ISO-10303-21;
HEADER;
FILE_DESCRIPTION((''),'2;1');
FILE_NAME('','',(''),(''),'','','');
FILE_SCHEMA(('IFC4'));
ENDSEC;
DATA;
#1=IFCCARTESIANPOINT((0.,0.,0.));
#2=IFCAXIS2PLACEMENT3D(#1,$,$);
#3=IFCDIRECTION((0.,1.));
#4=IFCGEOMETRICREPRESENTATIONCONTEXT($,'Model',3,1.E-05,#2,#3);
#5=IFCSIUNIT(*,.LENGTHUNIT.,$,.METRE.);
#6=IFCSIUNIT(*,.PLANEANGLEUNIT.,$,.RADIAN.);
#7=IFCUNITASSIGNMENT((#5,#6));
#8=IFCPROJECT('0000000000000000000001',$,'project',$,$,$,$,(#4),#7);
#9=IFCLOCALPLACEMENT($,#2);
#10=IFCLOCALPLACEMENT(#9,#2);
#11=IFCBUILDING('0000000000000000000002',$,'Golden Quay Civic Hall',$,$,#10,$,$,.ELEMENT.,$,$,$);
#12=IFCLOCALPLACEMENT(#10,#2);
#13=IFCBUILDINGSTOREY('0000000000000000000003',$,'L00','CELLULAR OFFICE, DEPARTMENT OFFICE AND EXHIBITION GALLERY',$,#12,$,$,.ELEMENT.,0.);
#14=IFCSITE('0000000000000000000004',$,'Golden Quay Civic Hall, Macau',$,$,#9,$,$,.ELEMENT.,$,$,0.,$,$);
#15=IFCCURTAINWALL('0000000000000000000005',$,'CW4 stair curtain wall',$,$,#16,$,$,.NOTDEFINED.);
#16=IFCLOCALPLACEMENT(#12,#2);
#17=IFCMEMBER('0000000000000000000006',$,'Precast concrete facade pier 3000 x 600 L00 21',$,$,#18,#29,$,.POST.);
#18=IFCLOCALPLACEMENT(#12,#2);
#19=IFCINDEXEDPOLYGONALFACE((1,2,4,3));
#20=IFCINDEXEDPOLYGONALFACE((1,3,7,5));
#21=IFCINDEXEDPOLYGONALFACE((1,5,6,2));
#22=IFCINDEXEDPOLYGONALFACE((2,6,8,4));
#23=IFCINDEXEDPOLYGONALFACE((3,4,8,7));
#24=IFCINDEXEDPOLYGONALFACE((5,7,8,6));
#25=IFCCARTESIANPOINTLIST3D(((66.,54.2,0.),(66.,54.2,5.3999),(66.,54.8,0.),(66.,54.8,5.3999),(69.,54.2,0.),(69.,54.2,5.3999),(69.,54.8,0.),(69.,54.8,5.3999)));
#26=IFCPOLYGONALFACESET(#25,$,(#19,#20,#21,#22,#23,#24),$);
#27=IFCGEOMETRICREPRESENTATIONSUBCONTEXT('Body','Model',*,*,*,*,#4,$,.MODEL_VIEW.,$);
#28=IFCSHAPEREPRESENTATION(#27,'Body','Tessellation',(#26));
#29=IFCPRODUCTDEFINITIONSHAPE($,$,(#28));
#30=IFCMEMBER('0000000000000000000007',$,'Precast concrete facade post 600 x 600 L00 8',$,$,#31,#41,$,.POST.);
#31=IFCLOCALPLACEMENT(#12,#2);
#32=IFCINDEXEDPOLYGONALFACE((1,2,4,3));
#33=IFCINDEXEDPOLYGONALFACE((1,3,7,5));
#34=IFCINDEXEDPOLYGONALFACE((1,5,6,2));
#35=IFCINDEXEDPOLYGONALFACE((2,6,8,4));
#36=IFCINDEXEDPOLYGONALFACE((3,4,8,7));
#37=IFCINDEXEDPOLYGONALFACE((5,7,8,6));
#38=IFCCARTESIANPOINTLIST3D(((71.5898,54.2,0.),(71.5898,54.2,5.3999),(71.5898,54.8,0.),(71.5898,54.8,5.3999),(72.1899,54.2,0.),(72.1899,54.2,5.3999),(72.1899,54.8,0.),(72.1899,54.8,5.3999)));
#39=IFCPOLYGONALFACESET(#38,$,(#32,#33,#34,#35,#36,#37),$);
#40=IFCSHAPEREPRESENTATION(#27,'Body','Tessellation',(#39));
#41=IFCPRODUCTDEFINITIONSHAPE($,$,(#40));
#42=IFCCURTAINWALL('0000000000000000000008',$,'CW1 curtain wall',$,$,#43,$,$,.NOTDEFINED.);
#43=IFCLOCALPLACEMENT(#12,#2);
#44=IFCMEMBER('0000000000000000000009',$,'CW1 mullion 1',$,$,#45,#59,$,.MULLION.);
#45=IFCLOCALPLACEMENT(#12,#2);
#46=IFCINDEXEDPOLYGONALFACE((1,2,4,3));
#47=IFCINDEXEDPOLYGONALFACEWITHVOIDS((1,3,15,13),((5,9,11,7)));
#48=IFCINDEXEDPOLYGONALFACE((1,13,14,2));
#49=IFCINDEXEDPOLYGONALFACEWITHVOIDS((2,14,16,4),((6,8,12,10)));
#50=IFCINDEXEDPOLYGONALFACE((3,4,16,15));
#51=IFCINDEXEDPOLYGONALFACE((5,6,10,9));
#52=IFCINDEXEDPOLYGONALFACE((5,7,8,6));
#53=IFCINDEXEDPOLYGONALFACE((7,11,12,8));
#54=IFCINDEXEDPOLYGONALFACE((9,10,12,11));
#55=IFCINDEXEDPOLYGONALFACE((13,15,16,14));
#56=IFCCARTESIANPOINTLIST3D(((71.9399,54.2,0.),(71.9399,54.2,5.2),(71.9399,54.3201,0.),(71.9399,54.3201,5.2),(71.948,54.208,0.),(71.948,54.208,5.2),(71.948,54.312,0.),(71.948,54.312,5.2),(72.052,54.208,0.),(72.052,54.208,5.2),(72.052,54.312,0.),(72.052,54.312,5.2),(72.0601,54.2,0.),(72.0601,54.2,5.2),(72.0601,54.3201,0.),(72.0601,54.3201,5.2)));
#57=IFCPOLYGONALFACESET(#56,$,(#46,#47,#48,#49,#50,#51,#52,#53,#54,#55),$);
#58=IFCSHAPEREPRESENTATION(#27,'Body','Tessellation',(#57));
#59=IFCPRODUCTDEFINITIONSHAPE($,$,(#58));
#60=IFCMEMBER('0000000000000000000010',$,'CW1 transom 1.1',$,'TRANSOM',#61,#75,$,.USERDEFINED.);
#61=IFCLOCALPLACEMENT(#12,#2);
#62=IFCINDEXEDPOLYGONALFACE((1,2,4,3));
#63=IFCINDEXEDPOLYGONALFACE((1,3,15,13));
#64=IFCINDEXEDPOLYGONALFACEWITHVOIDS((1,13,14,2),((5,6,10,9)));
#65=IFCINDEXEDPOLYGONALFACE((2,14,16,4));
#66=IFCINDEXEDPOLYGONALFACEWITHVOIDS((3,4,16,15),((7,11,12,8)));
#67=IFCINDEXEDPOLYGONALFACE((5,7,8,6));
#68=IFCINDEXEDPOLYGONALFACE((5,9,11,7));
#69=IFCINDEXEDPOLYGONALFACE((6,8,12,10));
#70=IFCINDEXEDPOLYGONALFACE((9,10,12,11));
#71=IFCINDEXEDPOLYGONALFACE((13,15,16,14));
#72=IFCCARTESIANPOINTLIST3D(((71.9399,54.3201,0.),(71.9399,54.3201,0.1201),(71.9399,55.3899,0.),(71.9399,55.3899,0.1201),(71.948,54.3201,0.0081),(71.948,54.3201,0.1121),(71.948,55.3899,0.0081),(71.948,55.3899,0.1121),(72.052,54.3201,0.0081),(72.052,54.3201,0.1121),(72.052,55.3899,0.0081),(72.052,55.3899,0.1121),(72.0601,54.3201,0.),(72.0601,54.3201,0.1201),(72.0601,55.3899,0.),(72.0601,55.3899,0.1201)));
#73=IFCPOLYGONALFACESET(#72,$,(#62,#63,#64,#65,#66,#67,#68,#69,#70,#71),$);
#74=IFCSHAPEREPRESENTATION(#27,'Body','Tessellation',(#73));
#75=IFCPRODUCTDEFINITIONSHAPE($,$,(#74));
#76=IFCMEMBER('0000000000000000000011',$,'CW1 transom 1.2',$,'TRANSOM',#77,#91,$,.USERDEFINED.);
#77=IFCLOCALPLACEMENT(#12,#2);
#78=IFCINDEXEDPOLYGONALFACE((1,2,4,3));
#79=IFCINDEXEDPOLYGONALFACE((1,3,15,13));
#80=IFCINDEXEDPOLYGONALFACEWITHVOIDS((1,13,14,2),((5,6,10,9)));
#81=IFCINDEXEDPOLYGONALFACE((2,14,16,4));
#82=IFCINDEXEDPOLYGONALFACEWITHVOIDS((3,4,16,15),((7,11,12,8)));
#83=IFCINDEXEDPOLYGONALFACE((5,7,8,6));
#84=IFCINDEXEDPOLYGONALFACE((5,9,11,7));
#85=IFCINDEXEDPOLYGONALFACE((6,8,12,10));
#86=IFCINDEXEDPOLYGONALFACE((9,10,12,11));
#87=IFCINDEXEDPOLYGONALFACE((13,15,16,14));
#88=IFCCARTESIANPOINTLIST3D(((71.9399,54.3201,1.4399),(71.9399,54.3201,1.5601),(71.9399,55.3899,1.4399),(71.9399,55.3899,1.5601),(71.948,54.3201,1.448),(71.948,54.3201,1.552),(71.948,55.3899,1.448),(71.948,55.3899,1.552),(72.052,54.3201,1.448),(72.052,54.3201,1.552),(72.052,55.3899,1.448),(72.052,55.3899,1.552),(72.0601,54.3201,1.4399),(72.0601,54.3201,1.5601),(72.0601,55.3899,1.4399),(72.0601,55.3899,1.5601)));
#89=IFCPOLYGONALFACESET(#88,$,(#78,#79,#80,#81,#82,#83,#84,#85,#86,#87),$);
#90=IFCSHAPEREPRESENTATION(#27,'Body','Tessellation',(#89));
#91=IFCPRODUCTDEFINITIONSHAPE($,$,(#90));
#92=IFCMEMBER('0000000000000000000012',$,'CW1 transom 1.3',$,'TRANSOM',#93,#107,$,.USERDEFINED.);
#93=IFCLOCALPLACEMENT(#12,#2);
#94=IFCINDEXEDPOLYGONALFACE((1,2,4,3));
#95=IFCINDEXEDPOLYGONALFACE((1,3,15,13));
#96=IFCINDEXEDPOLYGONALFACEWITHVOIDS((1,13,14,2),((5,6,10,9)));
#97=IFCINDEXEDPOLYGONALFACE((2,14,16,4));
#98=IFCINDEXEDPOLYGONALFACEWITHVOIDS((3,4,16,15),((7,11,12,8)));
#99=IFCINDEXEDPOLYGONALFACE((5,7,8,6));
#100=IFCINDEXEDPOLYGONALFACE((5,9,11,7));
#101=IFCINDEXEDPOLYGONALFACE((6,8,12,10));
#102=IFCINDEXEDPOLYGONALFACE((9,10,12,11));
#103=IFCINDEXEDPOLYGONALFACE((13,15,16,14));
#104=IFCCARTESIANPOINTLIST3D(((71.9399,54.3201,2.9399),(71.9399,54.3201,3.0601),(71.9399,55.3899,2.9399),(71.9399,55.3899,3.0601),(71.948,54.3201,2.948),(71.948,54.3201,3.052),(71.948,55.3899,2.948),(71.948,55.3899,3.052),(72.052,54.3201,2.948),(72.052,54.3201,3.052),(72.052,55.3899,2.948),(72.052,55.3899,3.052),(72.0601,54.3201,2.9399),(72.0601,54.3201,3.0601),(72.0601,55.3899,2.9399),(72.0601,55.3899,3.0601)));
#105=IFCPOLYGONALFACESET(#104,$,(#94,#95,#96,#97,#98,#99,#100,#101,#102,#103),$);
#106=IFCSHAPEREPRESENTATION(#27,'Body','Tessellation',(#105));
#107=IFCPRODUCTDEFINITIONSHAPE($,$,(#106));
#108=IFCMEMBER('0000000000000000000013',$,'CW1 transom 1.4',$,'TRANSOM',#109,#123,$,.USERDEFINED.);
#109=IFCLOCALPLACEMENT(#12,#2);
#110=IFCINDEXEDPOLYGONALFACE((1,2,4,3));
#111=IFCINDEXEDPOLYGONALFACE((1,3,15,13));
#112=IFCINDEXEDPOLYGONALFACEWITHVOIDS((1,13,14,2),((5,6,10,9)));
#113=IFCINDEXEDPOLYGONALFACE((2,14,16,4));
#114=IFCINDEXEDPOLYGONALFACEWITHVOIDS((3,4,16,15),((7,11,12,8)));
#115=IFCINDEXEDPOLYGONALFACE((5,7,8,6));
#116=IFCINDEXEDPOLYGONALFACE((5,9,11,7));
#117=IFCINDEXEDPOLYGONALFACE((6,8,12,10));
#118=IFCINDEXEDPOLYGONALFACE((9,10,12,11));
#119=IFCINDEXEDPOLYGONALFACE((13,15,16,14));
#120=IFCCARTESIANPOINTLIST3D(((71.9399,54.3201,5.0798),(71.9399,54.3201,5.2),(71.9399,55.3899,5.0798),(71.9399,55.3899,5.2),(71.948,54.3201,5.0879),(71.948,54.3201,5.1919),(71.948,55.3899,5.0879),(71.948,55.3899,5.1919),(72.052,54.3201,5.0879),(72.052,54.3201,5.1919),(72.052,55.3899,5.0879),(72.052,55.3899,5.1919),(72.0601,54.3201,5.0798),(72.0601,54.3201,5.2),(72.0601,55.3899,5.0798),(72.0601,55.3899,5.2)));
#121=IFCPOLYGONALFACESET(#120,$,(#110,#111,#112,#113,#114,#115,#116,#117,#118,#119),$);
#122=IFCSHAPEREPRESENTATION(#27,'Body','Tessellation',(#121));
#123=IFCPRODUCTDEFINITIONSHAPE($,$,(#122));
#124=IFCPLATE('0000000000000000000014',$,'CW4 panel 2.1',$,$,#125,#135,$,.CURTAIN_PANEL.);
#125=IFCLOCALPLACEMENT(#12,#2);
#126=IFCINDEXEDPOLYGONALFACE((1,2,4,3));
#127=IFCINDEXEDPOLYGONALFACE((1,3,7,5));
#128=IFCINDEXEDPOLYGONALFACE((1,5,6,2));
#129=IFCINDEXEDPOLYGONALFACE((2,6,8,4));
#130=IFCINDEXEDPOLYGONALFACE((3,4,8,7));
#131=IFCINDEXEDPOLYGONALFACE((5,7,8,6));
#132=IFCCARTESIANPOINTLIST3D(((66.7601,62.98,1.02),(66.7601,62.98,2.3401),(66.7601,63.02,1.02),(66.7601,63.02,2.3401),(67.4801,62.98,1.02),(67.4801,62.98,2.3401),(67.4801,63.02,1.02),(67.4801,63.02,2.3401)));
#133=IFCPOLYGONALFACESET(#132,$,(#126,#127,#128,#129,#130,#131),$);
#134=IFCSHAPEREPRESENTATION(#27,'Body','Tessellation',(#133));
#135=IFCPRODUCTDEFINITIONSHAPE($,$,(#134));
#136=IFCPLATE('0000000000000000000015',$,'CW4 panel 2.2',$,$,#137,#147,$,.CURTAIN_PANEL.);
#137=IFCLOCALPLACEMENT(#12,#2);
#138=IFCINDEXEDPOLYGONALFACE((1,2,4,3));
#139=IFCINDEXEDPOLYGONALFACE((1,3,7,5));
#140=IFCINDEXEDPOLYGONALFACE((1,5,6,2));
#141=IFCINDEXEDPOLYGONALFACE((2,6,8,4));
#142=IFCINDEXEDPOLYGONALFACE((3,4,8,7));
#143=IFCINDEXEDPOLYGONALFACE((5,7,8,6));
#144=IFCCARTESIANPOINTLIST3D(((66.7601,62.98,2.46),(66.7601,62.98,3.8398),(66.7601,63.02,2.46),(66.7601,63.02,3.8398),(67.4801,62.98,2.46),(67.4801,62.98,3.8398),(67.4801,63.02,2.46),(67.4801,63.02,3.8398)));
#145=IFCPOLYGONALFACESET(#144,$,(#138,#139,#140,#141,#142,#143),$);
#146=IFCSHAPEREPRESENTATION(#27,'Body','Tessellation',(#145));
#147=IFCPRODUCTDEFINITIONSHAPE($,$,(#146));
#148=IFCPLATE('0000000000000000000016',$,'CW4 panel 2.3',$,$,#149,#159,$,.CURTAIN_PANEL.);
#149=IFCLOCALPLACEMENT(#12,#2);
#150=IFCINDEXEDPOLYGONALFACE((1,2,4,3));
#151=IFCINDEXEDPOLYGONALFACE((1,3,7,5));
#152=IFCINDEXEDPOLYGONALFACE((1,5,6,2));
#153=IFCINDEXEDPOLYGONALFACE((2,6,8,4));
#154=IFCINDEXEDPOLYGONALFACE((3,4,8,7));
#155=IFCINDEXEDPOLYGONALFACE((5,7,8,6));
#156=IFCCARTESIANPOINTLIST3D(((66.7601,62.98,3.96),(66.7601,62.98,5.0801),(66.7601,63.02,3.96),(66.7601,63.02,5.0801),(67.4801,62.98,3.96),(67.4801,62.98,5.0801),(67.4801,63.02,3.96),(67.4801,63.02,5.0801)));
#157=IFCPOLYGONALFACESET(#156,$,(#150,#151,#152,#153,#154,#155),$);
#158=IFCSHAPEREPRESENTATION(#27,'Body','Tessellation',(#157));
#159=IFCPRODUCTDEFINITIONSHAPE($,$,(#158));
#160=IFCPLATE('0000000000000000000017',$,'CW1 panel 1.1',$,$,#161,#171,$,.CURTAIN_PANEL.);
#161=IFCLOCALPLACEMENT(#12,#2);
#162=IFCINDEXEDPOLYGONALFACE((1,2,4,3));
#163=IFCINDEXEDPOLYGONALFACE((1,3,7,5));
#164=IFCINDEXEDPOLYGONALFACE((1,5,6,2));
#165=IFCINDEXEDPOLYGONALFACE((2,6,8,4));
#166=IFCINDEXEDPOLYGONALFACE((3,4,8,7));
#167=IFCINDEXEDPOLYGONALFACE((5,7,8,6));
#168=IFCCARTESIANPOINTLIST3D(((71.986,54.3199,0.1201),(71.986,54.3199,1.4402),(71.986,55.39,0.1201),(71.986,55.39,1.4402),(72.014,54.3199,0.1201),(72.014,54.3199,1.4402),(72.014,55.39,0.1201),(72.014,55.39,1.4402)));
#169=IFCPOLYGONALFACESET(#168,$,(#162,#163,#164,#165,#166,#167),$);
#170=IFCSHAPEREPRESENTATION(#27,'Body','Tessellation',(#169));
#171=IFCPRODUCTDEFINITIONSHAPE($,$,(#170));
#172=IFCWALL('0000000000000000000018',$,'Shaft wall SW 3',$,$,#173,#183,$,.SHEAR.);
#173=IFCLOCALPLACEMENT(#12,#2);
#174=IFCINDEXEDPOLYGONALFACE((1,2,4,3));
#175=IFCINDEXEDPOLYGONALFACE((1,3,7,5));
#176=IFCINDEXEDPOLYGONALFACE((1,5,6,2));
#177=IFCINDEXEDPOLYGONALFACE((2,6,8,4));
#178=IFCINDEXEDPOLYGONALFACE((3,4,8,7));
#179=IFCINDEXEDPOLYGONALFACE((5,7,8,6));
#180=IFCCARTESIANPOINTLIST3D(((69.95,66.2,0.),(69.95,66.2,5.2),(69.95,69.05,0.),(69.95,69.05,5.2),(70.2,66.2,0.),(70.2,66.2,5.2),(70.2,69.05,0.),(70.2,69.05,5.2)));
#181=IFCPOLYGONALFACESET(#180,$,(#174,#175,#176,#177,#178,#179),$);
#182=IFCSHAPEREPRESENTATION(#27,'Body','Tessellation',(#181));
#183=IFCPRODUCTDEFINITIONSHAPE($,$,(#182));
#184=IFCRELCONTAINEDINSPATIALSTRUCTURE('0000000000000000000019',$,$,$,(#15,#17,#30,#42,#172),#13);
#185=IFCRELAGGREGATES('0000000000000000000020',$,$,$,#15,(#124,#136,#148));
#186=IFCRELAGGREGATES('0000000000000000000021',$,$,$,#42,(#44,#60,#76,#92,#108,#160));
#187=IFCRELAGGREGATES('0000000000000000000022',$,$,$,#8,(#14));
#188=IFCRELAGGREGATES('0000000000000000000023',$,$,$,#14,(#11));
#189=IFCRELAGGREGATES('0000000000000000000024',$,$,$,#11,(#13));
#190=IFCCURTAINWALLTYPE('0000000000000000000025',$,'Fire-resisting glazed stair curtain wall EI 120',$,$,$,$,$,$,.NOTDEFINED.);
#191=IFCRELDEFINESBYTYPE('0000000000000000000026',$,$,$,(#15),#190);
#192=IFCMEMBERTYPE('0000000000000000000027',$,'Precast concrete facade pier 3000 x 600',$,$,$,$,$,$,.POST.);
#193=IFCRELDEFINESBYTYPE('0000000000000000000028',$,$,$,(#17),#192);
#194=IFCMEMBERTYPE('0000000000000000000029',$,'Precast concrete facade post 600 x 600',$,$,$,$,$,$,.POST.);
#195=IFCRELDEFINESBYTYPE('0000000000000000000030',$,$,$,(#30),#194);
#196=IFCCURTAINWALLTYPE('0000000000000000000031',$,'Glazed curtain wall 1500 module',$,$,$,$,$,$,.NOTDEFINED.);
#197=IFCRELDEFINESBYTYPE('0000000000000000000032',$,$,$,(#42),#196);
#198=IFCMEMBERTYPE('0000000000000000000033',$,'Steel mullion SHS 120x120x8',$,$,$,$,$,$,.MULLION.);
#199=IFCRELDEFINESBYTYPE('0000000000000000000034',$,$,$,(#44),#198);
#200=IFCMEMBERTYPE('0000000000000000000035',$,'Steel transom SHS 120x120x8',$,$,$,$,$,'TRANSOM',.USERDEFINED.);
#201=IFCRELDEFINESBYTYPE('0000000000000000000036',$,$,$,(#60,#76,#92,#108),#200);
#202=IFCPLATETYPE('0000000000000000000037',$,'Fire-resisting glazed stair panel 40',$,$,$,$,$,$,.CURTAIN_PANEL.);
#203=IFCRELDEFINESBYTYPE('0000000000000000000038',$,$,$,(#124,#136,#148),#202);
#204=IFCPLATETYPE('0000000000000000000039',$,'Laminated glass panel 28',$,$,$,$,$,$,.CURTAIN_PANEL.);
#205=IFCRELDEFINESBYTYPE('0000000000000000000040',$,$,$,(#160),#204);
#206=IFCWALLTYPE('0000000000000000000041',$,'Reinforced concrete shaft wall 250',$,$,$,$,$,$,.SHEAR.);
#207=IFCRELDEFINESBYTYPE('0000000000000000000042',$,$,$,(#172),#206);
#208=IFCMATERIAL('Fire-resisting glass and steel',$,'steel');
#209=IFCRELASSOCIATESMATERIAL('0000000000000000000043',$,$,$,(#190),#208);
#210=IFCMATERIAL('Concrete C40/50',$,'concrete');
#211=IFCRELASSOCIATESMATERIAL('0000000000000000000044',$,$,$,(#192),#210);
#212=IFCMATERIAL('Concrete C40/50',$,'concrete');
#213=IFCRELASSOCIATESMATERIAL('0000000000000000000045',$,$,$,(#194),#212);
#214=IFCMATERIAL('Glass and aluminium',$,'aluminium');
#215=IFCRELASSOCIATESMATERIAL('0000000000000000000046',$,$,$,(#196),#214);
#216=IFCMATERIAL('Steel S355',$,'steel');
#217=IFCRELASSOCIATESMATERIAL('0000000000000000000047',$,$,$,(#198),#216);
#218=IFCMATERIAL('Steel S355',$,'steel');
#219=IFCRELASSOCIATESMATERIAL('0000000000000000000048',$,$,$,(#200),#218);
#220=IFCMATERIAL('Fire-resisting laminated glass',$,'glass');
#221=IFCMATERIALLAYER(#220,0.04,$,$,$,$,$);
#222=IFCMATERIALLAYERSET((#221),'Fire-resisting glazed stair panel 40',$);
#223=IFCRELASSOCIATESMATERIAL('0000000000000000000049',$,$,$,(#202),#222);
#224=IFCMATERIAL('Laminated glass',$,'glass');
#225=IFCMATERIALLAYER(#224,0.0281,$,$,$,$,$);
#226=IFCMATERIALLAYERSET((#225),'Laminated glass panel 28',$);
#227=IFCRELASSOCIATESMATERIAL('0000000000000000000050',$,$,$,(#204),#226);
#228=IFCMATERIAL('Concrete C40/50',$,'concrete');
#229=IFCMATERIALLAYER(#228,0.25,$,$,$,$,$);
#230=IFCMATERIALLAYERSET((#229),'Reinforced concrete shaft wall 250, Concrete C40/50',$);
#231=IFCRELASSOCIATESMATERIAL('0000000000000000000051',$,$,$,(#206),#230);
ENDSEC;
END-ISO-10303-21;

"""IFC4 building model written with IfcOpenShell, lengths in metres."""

from ifc_helpers import new_model, si_unit, direction, frame, frame_2d, origin, origin_2d, place, context, subcontext, project, spatial, rectangle, hollow_rectangle, extrude, material, layer, layer_set, material_profile, profile_set, type_object, element, aggregate, save


model = new_model("IFC4")

# Units and contexts
model_context = context("Model", 3, precision=1e-05, world=origin(), true_north=direction((0.0, 1.0)))
body_context = subcontext(model_context, "Body", "Model", "MODEL_VIEW")
ifc_project = project(units=[si_unit("LENGTHUNIT", "METRE"), si_unit("PLANEANGLEUNIT", "RADIAN")], contexts=[model_context])

# Site, building, storey
site_placement = place(None, origin())
site = spatial("IfcSite", under=ifc_project, at=site_placement, Name="Golden Quay Civic Hall, Macau", CompositionType="ELEMENT", RefElevation=0.0)
building_placement = place(site_placement, origin())
building = spatial("IfcBuilding", under=site, at=building_placement, Name="Golden Quay Civic Hall", CompositionType="ELEMENT")
storey_placement = place(building_placement, origin())
storey = spatial("IfcBuildingStorey", under=building, at=storey_placement, Name="L00", Description="CELLULAR OFFICE, DEPARTMENT OFFICE AND EXHIBITION GALLERY", CompositionType="ELEMENT", Elevation=0.0)

# Curtain wall
ifc_material_1 = material(Name="Fire-resisting glass and steel", Category="steel")
curtain_wall_type_1 = type_object("IfcCurtainWallType", Name="Fire-resisting glazed stair curtain wall EI 120", PredefinedType="NOTDEFINED", material=ifc_material_1)
curtain_wall_1_placement = place(storey_placement, origin())
curtain_wall_1 = element("IfcCurtainWall", 1, at=curtain_wall_1_placement, inside=storey, type_object=curtain_wall_type_1, Name="CW4 stair curtain wall", PredefinedType="NOTDEFINED")

# Members
ifc_material_2 = material(Name="Concrete C40/50", Category="concrete")
ifc_material_profile_1 = material_profile(ifc_material_2, rectangle(XDim=3.0, YDim=0.6001, at=origin_2d()), Name="RC 3000x600")
ifc_profile_set_1 = profile_set([ifc_material_profile_1], Name="Concrete C40/50")
member_type_1 = type_object("IfcMemberType", Name="Precast concrete facade pier 3000 x 600", PredefinedType="POST", material=ifc_profile_set_1)
member_1_placement = place(storey_placement, frame((67.5, 54.5, 0.0), z_axis=(0.0, 0.0, 1.0), x_axis=(1.0, 0.0, 0.0)))
element("IfcMember", 2, at=member_1_placement, inside=storey, type_object=member_type_1, Name="Precast concrete facade pier 3000 x 600 L00 21", PredefinedType="POST", context=body_context, shape_type="SweptSolid", body=[
    extrude(rectangle(XDim=3.0, YDim=0.6001, at=origin_2d()), origin(), (0.0, 0.0, 1.0), 5.3999),
])
ifc_material_3 = material(Name="Concrete C40/50", Category="concrete")
ifc_material_profile_2 = material_profile(ifc_material_3, rectangle(XDim=0.6001, YDim=0.6001, at=origin_2d()), Name="RC 600x600")
ifc_profile_set_2 = profile_set([ifc_material_profile_2], Name="Concrete C40/50")
member_type_2 = type_object("IfcMemberType", Name="Precast concrete facade post 600 x 600", PredefinedType="POST", material=ifc_profile_set_2)
member_2_placement = place(storey_placement, frame((71.8899, 54.5, 0.0), z_axis=(0.0, 0.0, 1.0), x_axis=(1.0, 0.0, 0.0)))
element("IfcMember", 3, at=member_2_placement, inside=storey, type_object=member_type_2, Name="Precast concrete facade post 600 x 600 L00 8", PredefinedType="POST", context=body_context, shape_type="SweptSolid", body=[
    extrude(rectangle(XDim=0.6001, YDim=0.6001, at=origin_2d()), origin(), (0.0, 0.0, 1.0), 5.3999),
])

# Curtain wall, members
ifc_material_4 = material(Name="Glass and aluminium", Category="aluminium")
curtain_wall_type_2 = type_object("IfcCurtainWallType", Name="Glazed curtain wall 1500 module", PredefinedType="NOTDEFINED", material=ifc_material_4)
curtain_wall_2_placement = place(storey_placement, origin())
curtain_wall_2 = element("IfcCurtainWall", 4, at=curtain_wall_2_placement, inside=storey, type_object=curtain_wall_type_2, Name="CW1 curtain wall", PredefinedType="NOTDEFINED")
ifc_material_5 = material(Name="Steel S355", Category="steel")
ifc_material_profile_3 = material_profile(ifc_material_5, hollow_rectangle(XDim=0.1201, YDim=0.1201, WallThickness=0.0081, at=origin_2d()), Name="SHS 120x120x8")
ifc_profile_set_3 = profile_set([ifc_material_profile_3], Name="Steel S355")
member_type_3 = type_object("IfcMemberType", Name="Steel mullion SHS 120x120x8", PredefinedType="MULLION", material=ifc_profile_set_3)
member_3_placement = place(storey_placement, frame((72.0, 54.26, 0.0), z_axis=(0.0, 0.0, 1.0), x_axis=(-1.0, 0.0, 0.0)))
member_3 = element("IfcMember", 5, at=member_3_placement, type_object=member_type_3, Name="CW1 mullion 1", PredefinedType="MULLION", context=body_context, shape_type="SweptSolid", body=[
    extrude(hollow_rectangle(XDim=0.1201, YDim=0.1201, WallThickness=0.0081, at=origin_2d()), origin(), (0.0, 0.0, 1.0), 5.2),
])
ifc_material_6 = material(Name="Steel S355", Category="steel")
ifc_material_profile_4 = material_profile(ifc_material_6, hollow_rectangle(XDim=0.1201, YDim=0.1201, WallThickness=0.0081, at=origin_2d()), Name="SHS 120x120x8")
ifc_profile_set_4 = profile_set([ifc_material_profile_4], Name="Steel S355")
member_type_4 = type_object("IfcMemberType", Name="Steel transom SHS 120x120x8", ElementType="TRANSOM", PredefinedType="USERDEFINED", material=ifc_profile_set_4)
member_4_placement = place(storey_placement, frame((72.0, 54.3201, 0.0601), z_axis=(0.0, 1.0, 0.0), x_axis=(-1.0, 0.0, 0.0)))
member_4 = element("IfcMember", 6, at=member_4_placement, type_object=member_type_4, Name="CW1 transom 1.1", ObjectType="TRANSOM", PredefinedType="USERDEFINED", context=body_context, shape_type="SweptSolid", body=[
    extrude(hollow_rectangle(XDim=0.1201, YDim=0.1201, WallThickness=0.0081, at=origin_2d()), origin(), (0.0, 0.0, 1.0), 1.0698),
])
member_5_placement = place(storey_placement, frame((72.0, 54.3201, 1.5), z_axis=(0.0, 1.0, 0.0), x_axis=(-1.0, 0.0, 0.0)))
member_5 = element("IfcMember", 7, at=member_5_placement, type_object=member_type_4, Name="CW1 transom 1.2", ObjectType="TRANSOM", PredefinedType="USERDEFINED", context=body_context, shape_type="SweptSolid", body=[
    extrude(hollow_rectangle(XDim=0.1201, YDim=0.1201, WallThickness=0.0081, at=origin_2d()), origin(), (0.0, 0.0, 1.0), 1.0698),
])
member_6_placement = place(storey_placement, frame((72.0, 54.3201, 3.0), z_axis=(0.0, 1.0, 0.0), x_axis=(-1.0, 0.0, 0.0)))
member_6 = element("IfcMember", 8, at=member_6_placement, type_object=member_type_4, Name="CW1 transom 1.3", ObjectType="TRANSOM", PredefinedType="USERDEFINED", context=body_context, shape_type="SweptSolid", body=[
    extrude(hollow_rectangle(XDim=0.1201, YDim=0.1201, WallThickness=0.0081, at=origin_2d()), origin(), (0.0, 0.0, 1.0), 1.0698),
])
member_7_placement = place(storey_placement, frame((72.0, 54.3201, 5.1399), z_axis=(0.0, 1.0, 0.0), x_axis=(-1.0, 0.0, 0.0)))
member_7 = element("IfcMember", 9, at=member_7_placement, type_object=member_type_4, Name="CW1 transom 1.4", ObjectType="TRANSOM", PredefinedType="USERDEFINED", context=body_context, shape_type="SweptSolid", body=[
    extrude(hollow_rectangle(XDim=0.1201, YDim=0.1201, WallThickness=0.0081, at=origin_2d()), origin(), (0.0, 0.0, 1.0), 1.0698),
])

# Plates
ifc_material_7 = material(Name="Fire-resisting laminated glass", Category="glass")
ifc_layer_1 = layer(ifc_material_7, 0.04)
ifc_layer_set_1 = layer_set([ifc_layer_1], Name="Fire-resisting glazed stair panel 40")
plate_type_1 = type_object("IfcPlateType", Name="Fire-resisting glazed stair panel 40", PredefinedType="CURTAIN_PANEL", material=ifc_layer_set_1)
plate_1_placement = place(storey_placement, frame((67.1201, 63.0, 1.02), z_axis=(0.0, 0.0, 1.0), x_axis=(1.0, 0.0, 0.0)))
plate_1 = element("IfcPlate", 10, at=plate_1_placement, type_object=plate_type_1, Name="CW4 panel 2.1", PredefinedType="CURTAIN_PANEL", context=body_context, shape_type="SweptSolid", body=[
    extrude(rectangle(XDim=0.72, YDim=0.04, at=origin_2d()), origin(), (0.0, 0.0, 1.0), 1.3201),
])
plate_2_placement = place(storey_placement, frame((67.1201, 63.0, 2.46), z_axis=(0.0, 0.0, 1.0), x_axis=(1.0, 0.0, 0.0)))
plate_2 = element("IfcPlate", 11, at=plate_2_placement, type_object=plate_type_1, Name="CW4 panel 2.2", PredefinedType="CURTAIN_PANEL", context=body_context, shape_type="SweptSolid", body=[
    extrude(rectangle(XDim=0.72, YDim=0.04, at=origin_2d()), origin(), (0.0, 0.0, 1.0), 1.3799),
])
plate_3_placement = place(storey_placement, frame((67.1201, 63.0, 3.96), z_axis=(0.0, 0.0, 1.0), x_axis=(1.0, 0.0, 0.0)))
plate_3 = element("IfcPlate", 12, at=plate_3_placement, type_object=plate_type_1, Name="CW4 panel 2.3", PredefinedType="CURTAIN_PANEL", context=body_context, shape_type="SweptSolid", body=[
    extrude(rectangle(XDim=0.72, YDim=0.04, at=origin_2d()), origin(), (0.0, 0.0, 1.0), 1.1201),
])
aggregate(curtain_wall_1, [plate_1, plate_2, plate_3])
ifc_material_8 = material(Name="Laminated glass", Category="glass")
ifc_layer_2 = layer(ifc_material_8, 0.0281)
ifc_layer_set_2 = layer_set([ifc_layer_2], Name="Laminated glass panel 28")
plate_type_2 = type_object("IfcPlateType", Name="Laminated glass panel 28", PredefinedType="CURTAIN_PANEL", material=ifc_layer_set_2)
plate_4_placement = place(storey_placement, frame((72.0, 54.855, 0.1201), z_axis=(0.0, 0.0, 1.0), x_axis=(0.0, 1.0, 0.0)))
plate_4 = element("IfcPlate", 13, at=plate_4_placement, type_object=plate_type_2, Name="CW1 panel 1.1", PredefinedType="CURTAIN_PANEL", context=body_context, shape_type="SweptSolid", body=[
    extrude(rectangle(XDim=1.0701, YDim=0.0281, at=origin_2d()), origin(), (0.0, 0.0, 1.0), 1.3201),
])
aggregate(curtain_wall_2, [member_3, member_4, member_5, member_6, member_7, plate_4])

# Wall
ifc_material_9 = material(Name="Concrete C40/50", Category="concrete")
ifc_layer_3 = layer(ifc_material_9, 0.25)
ifc_layer_set_3 = layer_set([ifc_layer_3], Name="Reinforced concrete shaft wall 250, Concrete C40/50")
wall_type_1 = type_object("IfcWallType", Name="Reinforced concrete shaft wall 250", PredefinedType="SHEAR", material=ifc_layer_set_3)
wall_1_placement = place(storey_placement, frame((70.075, 66.2, 0.0), z_axis=(0.0, 0.0, 1.0), x_axis=(0.0, 1.0, 0.0)))
element("IfcWall", 14, at=wall_1_placement, inside=storey, type_object=wall_type_1, Name="Shaft wall SW 3", PredefinedType="SHEAR", context=body_context, shape_type="SweptSolid", body=[
    extrude(rectangle(XDim=2.8501, YDim=0.25, at=frame_2d((1.425, 0.0))), origin(), (0.0, 0.0, 1.0), 5.2),
])

save(model, "model.ifc")
